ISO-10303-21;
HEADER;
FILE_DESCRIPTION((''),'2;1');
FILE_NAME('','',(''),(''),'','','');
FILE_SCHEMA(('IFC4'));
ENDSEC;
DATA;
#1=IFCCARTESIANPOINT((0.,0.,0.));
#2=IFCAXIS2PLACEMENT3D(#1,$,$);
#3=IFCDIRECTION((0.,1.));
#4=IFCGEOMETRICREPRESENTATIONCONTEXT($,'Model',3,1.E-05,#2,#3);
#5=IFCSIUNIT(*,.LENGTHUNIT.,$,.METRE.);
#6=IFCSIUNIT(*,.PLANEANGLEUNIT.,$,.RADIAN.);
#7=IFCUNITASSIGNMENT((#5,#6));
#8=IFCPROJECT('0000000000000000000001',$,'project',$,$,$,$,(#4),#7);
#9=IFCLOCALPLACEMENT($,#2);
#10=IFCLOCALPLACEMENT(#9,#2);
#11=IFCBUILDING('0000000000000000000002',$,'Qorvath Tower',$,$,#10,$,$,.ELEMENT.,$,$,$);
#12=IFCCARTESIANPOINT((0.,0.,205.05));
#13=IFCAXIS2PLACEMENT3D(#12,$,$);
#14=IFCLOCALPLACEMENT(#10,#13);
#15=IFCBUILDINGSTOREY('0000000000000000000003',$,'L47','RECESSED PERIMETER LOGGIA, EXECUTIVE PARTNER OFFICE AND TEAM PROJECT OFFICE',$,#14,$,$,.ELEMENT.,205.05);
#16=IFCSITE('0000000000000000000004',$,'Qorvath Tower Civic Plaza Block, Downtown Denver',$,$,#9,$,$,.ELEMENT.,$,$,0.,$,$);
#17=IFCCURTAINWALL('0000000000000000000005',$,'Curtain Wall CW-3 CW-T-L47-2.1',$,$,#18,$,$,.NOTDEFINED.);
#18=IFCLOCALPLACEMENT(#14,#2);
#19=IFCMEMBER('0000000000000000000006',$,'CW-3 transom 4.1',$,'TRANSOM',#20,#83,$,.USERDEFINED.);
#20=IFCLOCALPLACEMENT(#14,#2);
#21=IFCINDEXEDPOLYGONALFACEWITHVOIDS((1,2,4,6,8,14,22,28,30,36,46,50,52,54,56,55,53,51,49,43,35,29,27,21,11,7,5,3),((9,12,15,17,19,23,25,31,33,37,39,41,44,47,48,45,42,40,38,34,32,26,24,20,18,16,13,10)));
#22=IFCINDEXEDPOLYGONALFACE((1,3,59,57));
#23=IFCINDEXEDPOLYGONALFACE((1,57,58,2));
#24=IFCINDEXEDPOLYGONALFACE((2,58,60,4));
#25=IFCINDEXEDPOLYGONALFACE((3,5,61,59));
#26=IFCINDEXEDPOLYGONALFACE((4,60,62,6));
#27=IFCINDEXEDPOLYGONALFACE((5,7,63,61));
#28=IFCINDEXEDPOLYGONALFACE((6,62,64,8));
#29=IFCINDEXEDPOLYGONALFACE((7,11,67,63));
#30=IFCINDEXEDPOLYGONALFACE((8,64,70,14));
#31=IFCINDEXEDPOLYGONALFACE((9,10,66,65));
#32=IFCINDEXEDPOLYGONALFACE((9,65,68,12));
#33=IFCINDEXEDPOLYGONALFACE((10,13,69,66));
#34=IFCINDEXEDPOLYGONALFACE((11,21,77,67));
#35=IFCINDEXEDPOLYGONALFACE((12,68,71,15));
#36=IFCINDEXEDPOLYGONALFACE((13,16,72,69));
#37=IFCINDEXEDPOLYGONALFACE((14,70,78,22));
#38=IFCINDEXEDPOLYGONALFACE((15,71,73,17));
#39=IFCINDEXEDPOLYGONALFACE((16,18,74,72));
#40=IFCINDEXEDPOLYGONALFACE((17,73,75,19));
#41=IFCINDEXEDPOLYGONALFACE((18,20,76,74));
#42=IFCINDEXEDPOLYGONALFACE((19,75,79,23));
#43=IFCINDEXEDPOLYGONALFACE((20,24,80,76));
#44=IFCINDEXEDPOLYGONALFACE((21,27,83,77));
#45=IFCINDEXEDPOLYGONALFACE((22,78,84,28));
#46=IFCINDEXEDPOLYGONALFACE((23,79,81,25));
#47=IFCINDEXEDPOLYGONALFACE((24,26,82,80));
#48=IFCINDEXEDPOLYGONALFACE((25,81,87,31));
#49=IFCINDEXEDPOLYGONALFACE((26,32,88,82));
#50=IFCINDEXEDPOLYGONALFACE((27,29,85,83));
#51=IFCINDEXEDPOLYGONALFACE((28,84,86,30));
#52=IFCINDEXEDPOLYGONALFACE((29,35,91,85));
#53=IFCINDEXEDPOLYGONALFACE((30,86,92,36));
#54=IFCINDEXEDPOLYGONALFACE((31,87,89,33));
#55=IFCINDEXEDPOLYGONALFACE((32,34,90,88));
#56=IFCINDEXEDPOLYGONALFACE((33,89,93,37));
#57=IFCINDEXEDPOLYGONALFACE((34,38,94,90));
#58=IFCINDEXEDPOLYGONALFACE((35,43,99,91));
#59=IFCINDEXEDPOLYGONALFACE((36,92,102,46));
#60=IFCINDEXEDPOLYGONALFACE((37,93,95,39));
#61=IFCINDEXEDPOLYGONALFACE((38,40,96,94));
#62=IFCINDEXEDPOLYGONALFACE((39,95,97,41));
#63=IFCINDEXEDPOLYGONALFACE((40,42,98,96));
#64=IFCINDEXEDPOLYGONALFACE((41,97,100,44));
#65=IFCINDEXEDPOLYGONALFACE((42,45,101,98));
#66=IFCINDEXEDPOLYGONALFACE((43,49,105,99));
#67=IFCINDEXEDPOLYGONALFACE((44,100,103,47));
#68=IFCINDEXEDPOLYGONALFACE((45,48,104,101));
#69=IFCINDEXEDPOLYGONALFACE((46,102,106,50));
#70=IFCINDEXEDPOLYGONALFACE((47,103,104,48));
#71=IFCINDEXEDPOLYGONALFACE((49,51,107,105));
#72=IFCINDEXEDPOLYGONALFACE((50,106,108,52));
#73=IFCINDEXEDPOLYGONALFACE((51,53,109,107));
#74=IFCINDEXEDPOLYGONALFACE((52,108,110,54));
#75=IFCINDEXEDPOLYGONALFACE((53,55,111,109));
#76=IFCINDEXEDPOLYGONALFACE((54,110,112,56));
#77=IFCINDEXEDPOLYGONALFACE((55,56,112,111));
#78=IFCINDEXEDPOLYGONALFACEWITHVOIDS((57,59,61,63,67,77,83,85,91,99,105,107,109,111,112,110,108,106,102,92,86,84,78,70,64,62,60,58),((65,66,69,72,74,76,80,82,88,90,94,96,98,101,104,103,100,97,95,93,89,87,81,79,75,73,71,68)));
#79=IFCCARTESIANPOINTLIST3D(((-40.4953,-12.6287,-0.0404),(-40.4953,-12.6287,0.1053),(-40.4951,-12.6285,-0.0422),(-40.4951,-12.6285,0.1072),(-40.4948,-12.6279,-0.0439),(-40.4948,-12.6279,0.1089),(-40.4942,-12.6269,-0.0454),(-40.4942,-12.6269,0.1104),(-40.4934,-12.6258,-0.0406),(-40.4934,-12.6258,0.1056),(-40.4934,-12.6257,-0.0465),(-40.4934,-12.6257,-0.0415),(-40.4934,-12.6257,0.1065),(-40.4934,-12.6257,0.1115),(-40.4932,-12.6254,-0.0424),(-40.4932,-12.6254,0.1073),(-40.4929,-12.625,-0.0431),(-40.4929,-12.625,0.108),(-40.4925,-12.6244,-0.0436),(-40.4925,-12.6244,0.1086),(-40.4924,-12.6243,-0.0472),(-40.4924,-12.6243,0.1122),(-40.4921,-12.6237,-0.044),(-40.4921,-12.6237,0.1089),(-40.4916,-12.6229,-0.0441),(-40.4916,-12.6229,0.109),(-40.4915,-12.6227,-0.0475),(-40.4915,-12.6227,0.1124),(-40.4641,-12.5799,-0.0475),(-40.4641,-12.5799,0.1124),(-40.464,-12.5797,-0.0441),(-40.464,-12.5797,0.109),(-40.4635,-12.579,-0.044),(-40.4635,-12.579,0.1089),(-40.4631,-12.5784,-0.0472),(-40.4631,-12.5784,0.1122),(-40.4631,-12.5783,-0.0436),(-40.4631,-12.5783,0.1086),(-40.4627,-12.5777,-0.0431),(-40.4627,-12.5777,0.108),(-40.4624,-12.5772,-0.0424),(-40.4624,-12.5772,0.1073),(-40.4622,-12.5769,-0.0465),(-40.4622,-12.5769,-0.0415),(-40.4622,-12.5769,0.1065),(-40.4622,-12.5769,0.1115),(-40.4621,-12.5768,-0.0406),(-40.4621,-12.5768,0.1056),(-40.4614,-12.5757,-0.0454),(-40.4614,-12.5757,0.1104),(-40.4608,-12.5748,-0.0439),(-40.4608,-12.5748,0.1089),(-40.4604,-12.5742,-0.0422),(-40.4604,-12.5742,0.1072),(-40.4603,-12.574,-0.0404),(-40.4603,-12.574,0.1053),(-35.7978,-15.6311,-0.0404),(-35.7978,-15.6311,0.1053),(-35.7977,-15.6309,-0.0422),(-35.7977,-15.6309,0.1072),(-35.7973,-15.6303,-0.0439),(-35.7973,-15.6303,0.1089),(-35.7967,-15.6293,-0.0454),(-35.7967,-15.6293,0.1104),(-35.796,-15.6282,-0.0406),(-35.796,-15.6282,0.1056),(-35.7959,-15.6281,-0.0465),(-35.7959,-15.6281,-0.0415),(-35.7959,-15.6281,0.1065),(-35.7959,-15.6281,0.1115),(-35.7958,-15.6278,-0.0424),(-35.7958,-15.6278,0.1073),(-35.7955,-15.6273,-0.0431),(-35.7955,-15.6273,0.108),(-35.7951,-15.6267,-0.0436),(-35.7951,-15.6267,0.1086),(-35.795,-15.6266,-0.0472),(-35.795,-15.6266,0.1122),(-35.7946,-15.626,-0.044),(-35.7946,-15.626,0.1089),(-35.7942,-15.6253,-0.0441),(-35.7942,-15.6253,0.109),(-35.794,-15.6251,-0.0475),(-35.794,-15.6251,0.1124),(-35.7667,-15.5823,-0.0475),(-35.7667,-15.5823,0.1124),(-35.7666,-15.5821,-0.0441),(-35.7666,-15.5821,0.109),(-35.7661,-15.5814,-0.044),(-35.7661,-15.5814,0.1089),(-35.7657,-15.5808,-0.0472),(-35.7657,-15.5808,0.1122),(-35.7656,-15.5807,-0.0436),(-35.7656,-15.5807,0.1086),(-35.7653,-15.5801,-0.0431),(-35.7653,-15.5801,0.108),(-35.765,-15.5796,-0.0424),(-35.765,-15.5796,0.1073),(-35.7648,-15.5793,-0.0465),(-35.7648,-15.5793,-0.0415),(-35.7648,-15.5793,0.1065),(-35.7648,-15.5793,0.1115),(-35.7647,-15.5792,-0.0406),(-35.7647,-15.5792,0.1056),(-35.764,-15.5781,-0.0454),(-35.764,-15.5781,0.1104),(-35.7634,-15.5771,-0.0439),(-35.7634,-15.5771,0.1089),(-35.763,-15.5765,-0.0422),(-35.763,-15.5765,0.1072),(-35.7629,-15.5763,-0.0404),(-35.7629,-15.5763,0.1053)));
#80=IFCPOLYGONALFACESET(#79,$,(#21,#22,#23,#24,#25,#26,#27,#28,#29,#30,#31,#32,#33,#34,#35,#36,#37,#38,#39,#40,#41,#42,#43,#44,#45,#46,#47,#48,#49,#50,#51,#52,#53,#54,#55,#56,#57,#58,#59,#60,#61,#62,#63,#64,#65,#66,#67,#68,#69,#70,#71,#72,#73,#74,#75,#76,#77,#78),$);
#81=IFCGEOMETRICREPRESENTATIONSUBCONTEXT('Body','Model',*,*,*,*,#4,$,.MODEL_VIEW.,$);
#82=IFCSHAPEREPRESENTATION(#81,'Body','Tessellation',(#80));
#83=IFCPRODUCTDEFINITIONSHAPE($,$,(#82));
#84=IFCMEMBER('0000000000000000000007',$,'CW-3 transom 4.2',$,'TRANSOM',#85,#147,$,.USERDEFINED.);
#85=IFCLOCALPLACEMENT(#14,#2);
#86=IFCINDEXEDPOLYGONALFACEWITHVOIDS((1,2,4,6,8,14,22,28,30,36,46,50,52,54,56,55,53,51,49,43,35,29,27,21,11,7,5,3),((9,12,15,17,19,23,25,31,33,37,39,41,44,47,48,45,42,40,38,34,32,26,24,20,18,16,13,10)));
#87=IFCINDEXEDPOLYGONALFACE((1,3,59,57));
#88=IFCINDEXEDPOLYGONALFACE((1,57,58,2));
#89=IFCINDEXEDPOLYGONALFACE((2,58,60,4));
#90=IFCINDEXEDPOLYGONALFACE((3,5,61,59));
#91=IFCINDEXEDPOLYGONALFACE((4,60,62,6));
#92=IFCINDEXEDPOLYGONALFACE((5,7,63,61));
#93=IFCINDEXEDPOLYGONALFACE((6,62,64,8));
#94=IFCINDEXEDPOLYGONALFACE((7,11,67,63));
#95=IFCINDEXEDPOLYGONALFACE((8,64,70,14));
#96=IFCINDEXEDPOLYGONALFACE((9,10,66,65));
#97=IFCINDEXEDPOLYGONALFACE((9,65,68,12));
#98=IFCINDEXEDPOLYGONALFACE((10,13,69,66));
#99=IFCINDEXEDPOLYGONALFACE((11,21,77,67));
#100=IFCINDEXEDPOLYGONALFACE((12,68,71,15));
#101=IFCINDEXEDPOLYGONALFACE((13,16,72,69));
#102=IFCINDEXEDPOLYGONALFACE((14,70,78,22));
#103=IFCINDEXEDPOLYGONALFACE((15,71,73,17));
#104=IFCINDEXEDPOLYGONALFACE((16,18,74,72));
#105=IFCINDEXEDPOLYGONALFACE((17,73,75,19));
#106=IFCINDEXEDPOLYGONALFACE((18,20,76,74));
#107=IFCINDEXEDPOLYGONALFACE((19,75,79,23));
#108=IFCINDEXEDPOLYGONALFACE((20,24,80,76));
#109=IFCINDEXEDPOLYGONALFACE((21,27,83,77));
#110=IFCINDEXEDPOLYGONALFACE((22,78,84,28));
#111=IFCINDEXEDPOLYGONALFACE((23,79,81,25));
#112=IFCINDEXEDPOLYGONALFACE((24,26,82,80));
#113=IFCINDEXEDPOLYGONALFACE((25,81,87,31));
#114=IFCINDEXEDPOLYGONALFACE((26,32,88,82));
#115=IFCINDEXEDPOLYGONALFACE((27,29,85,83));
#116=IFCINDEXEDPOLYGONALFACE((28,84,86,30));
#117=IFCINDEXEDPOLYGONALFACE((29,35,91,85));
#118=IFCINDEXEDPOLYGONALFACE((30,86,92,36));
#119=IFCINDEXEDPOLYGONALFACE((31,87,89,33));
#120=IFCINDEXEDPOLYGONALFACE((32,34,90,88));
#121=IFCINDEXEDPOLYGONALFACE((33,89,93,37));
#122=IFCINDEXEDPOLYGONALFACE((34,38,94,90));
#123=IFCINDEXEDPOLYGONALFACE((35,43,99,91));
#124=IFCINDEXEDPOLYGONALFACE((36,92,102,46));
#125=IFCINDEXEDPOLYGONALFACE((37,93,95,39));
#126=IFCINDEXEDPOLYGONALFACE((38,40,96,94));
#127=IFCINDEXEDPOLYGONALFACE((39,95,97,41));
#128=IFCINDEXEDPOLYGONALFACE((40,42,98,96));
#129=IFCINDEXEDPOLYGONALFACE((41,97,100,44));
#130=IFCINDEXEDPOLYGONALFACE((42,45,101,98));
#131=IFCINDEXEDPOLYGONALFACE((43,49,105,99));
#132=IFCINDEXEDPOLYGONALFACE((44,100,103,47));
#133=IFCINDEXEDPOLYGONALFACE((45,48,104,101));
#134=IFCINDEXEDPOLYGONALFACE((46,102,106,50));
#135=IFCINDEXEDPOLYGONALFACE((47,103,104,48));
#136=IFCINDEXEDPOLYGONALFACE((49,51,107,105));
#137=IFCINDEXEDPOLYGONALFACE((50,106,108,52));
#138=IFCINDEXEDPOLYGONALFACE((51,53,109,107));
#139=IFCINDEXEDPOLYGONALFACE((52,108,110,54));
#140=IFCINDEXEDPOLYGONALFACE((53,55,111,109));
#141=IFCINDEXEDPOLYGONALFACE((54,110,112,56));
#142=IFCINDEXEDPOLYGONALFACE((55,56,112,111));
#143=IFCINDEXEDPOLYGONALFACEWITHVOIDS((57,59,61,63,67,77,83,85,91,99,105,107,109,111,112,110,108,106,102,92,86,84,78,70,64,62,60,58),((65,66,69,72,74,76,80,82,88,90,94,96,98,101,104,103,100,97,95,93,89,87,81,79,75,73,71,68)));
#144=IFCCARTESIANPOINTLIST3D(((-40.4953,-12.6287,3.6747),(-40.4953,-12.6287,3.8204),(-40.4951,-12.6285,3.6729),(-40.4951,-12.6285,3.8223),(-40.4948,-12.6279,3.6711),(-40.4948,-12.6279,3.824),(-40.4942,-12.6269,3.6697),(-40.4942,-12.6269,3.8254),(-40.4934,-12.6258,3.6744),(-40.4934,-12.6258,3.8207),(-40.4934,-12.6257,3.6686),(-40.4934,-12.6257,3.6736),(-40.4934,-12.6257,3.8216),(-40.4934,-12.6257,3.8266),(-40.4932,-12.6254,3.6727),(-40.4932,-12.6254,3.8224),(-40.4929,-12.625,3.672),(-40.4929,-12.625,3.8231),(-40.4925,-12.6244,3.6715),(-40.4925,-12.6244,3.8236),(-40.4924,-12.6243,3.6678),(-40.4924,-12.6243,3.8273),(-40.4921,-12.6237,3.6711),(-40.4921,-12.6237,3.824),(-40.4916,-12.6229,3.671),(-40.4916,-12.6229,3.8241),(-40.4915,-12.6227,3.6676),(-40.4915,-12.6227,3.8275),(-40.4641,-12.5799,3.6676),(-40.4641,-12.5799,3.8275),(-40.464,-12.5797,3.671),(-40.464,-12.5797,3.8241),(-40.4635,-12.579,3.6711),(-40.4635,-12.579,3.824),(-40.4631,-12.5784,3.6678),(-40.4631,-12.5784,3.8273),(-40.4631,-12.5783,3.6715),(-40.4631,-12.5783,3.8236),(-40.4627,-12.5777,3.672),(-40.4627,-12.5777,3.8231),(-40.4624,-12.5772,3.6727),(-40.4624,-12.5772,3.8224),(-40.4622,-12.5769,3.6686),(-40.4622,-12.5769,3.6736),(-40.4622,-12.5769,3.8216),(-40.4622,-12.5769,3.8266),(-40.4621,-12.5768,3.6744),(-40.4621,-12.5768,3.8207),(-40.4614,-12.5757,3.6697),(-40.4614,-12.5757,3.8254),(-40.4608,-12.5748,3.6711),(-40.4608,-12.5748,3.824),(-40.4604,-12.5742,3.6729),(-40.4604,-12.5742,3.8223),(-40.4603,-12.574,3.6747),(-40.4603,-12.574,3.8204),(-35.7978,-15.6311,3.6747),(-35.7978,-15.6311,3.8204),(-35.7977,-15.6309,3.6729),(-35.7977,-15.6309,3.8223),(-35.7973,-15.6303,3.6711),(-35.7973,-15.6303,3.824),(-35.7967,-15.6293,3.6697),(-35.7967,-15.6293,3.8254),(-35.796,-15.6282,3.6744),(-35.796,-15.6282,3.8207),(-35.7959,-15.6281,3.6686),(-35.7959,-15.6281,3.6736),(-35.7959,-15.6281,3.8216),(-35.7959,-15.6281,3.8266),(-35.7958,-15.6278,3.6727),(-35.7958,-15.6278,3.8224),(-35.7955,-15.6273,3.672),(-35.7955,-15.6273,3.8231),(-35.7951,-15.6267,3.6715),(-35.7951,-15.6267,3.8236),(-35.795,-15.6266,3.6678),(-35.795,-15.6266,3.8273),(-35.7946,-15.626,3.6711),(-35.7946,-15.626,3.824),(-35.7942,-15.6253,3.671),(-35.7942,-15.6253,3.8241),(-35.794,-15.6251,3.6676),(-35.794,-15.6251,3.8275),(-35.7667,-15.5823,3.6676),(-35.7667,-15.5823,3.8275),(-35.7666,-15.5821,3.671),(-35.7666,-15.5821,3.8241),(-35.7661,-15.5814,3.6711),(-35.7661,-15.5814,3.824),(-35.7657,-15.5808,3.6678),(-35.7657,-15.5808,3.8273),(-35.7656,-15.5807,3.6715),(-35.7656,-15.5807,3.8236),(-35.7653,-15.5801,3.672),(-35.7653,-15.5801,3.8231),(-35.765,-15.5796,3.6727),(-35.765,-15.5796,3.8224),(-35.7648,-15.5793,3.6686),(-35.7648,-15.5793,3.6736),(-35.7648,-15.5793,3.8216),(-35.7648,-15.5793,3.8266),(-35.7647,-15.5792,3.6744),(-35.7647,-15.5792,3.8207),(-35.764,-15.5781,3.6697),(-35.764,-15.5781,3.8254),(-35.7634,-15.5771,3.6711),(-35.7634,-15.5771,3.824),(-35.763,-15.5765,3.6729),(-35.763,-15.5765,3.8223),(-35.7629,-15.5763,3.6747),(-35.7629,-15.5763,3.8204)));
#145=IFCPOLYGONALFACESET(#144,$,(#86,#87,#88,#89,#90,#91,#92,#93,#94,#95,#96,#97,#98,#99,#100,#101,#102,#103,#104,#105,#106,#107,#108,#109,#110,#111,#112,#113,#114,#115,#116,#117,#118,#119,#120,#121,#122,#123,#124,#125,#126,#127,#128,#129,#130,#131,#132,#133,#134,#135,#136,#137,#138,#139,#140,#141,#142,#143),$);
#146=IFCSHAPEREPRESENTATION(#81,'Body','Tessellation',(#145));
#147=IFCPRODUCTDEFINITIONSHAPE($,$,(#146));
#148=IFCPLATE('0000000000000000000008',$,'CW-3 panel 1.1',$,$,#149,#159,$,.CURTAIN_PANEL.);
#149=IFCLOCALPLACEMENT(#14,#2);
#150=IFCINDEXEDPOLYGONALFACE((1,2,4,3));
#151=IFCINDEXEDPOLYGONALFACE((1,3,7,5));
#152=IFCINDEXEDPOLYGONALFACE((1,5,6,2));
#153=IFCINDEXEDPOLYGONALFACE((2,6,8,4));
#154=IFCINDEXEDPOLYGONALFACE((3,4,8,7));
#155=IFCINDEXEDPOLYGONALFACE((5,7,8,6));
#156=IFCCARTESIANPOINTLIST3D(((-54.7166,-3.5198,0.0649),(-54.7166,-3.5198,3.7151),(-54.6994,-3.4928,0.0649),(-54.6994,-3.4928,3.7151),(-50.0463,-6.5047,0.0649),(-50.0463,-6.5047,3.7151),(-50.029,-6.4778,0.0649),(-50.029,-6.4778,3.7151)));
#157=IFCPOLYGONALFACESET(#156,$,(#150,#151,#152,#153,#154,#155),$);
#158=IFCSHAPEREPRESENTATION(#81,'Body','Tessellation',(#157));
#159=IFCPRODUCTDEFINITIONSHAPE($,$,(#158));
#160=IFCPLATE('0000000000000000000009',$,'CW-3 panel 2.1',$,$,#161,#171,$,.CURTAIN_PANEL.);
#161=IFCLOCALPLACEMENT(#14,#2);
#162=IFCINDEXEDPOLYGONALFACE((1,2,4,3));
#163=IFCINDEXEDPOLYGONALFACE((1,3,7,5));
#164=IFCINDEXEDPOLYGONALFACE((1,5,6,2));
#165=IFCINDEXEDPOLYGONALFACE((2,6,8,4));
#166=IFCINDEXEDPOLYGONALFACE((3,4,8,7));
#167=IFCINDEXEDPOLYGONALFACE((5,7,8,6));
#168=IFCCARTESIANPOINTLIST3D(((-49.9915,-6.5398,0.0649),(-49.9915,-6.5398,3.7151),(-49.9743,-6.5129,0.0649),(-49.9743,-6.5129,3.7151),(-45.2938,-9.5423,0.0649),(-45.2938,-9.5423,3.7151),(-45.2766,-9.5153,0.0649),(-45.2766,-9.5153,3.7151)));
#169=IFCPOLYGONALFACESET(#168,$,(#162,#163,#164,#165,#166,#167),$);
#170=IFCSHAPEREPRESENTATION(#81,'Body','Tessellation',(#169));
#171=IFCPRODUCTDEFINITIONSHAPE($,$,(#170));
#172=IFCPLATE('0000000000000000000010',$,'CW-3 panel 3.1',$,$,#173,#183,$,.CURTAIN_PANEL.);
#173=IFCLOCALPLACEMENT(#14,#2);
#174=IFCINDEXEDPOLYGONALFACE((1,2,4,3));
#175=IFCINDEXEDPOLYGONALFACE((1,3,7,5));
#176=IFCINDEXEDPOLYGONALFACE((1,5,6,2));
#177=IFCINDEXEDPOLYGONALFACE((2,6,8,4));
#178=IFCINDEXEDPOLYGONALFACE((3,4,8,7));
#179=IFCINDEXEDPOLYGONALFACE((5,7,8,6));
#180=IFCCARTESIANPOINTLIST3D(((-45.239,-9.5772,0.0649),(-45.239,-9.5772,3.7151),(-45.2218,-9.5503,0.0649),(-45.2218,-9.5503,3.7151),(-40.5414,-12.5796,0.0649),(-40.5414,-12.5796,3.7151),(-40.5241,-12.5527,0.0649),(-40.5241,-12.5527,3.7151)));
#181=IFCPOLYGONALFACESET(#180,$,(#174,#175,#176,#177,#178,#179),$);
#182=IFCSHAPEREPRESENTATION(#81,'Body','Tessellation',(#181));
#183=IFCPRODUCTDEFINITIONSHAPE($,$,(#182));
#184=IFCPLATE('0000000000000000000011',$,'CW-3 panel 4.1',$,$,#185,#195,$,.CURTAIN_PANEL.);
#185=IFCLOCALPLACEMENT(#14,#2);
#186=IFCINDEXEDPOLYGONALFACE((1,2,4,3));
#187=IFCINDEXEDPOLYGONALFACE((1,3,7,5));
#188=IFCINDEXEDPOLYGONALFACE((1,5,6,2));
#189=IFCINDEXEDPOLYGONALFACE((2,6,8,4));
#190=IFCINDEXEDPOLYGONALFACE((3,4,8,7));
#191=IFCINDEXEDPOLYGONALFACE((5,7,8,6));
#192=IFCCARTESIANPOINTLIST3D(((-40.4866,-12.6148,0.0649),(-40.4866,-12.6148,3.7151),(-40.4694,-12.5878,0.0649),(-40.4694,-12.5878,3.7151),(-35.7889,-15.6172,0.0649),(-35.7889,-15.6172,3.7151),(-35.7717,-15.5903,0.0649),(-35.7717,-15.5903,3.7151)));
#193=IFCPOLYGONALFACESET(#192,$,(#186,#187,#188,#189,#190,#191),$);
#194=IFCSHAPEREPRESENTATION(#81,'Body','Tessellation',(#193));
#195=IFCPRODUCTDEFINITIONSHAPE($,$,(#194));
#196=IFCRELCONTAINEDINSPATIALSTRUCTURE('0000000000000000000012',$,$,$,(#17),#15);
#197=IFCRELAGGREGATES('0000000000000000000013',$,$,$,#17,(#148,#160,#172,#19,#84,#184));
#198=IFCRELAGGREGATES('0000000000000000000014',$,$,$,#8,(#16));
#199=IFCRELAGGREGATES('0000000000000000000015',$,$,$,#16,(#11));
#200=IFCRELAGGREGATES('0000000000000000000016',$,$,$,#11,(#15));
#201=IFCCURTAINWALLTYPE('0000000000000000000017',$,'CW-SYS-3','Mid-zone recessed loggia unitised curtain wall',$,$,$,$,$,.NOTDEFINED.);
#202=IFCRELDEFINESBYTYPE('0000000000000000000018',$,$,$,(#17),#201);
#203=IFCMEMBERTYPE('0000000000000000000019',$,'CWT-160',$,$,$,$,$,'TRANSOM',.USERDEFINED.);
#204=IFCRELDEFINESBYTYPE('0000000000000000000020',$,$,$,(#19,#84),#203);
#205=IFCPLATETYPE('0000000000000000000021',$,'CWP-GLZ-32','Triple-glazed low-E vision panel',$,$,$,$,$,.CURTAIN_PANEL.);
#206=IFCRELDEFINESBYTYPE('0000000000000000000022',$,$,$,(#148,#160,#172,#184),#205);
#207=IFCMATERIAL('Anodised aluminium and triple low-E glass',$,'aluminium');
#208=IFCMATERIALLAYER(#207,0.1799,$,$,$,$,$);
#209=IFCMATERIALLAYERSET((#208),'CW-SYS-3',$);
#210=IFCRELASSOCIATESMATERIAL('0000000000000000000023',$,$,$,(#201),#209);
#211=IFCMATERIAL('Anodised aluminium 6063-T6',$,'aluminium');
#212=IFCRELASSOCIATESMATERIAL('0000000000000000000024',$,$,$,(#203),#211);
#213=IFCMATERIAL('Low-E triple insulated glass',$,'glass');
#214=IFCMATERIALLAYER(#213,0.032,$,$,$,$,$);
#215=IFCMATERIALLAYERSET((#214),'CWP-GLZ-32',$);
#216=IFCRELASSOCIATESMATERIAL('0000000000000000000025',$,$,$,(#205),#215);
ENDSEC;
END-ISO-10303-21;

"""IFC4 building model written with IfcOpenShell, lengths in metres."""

from ifc_helpers import new_model, si_unit, direction, frame, origin, origin_2d, place, context, subcontext, project, spatial, rectangle, hollow_rectangle, extrude, material, layer, layer_set, material_profile, profile_set, type_object, element, aggregate, save


model = new_model("IFC4")

# Units and contexts
model_context = context("Model", 3, precision=1e-05, world=origin(), true_north=direction((0.0, 1.0)))
body_context = subcontext(model_context, "Body", "Model", "MODEL_VIEW")
ifc_project = project(units=[si_unit("LENGTHUNIT", "METRE"), si_unit("PLANEANGLEUNIT", "RADIAN")], contexts=[model_context])

# Site, building, storey
site_placement = place(None, origin())
site = spatial("IfcSite", under=ifc_project, at=site_placement, Name="Qorvath Tower Civic Plaza Block, Downtown Denver", CompositionType="ELEMENT", RefElevation=0.0)
building_placement = place(site_placement, origin())
building = spatial("IfcBuilding", under=site, at=building_placement, Name="Qorvath Tower", CompositionType="ELEMENT")
storey_placement = place(building_placement, frame((0.0, 0.0, 205.05)))
storey = spatial("IfcBuildingStorey", under=building, at=storey_placement, Name="L47", Description="RECESSED PERIMETER LOGGIA, EXECUTIVE PARTNER OFFICE AND TEAM PROJECT OFFICE", CompositionType="ELEMENT", Elevation=205.05)

# Curtain wall, members, plates
ifc_material_1 = material(Name="Anodised aluminium and triple low-E glass", Category="aluminium")
ifc_layer_1 = layer(ifc_material_1, 0.1799)
ifc_layer_set_1 = layer_set([ifc_layer_1], Name="CW-SYS-3")
curtain_wall_type = type_object("IfcCurtainWallType", Name="CW-SYS-3", Description="Mid-zone recessed loggia unitised curtain wall", PredefinedType="NOTDEFINED", material=ifc_layer_set_1)
curtain_wall_placement = place(storey_placement, origin())
curtain_wall = element("IfcCurtainWall", 1, at=curtain_wall_placement, inside=storey, type_object=curtain_wall_type, Name="Curtain Wall CW-3 CW-T-L47-2.1", PredefinedType="NOTDEFINED")
ifc_material_2 = material(Name="Anodised aluminium 6063-T6", Category="aluminium")
ifc_material_profile_1 = material_profile(ifc_material_2, hollow_rectangle(XDim=0.0649, YDim=0.1599, WallThickness=0.0034, InnerFilletRadius=0.0034, OuterFilletRadius=0.0071, at=origin_2d()), Name="CWT 160x65")
ifc_profile_set_1 = profile_set([ifc_material_profile_1], Name="Anodised aluminium 6063-T6")
member_type_1 = type_object("IfcMemberType", Name="CWT-160", ElementType="TRANSOM", PredefinedType="USERDEFINED", material=ifc_profile_set_1)
member_1_placement = place(storey_placement, frame((-40.4778, -12.6013, 0.0325), z_axis=(0.842594, -0.538549, 0.0), x_axis=(0.538549, 0.842594, 0.0)))
member_1 = element("IfcMember", 2, at=member_1_placement, type_object=member_type_1, Name="CW-3 transom 4.1", ObjectType="TRANSOM", PredefinedType="USERDEFINED", context=body_context, shape_type="SweptSolid", body=[
    extrude(hollow_rectangle(XDim=0.0649, YDim=0.1599, WallThickness=0.0034, InnerFilletRadius=0.0034, OuterFilletRadius=0.0071, at=origin_2d()), origin(), (0.0, 0.0, 1.0), 5.575),
])
member_2_placement = place(storey_placement, frame((-40.4778, -12.6013, 3.7476), z_axis=(0.842594, -0.538549, 0.0), x_axis=(0.538549, 0.842594, 0.0)))
member_2 = element("IfcMember", 3, at=member_2_placement, type_object=member_type_1, Name="CW-3 transom 4.2", ObjectType="TRANSOM", PredefinedType="USERDEFINED", context=body_context, shape_type="SweptSolid", body=[
    extrude(hollow_rectangle(XDim=0.0649, YDim=0.1599, WallThickness=0.0034, InnerFilletRadius=0.0034, OuterFilletRadius=0.0071, at=origin_2d()), origin(), (0.0, 0.0, 1.0), 5.575),
])
ifc_material_3 = material(Name="Low-E triple insulated glass", Category="glass")
ifc_layer_2 = layer(ifc_material_3, 0.032)
ifc_layer_set_2 = layer_set([ifc_layer_2], Name="CWP-GLZ-32")
plate_type = type_object("IfcPlateType", Name="CWP-GLZ-32", Description="Triple-glazed low-E vision panel", PredefinedType="CURTAIN_PANEL", material=ifc_layer_set_2)
plate_1_placement = place(storey_placement, frame((-52.3728, -4.9988, 0.0649), z_axis=(0.0, 0.0, 1.0), x_axis=(0.842604, -0.538534, 0.0)))
plate_1 = element("IfcPlate", 4, at=plate_1_placement, type_object=plate_type, Name="CW-3 panel 1.1", PredefinedType="CURTAIN_PANEL", context=body_context, shape_type="SweptSolid", body=[
    extrude(rectangle(XDim=5.5427, YDim=0.032, at=origin_2d()), origin(), (0.0, 0.0, 1.0), 3.6501),
])
plate_2_placement = place(storey_placement, frame((-47.634, -8.0276, 0.0649), z_axis=(0.0, 0.0, 1.0), x_axis=(0.842604, -0.538534, 0.0)))
plate_2 = element("IfcPlate", 5, at=plate_2_placement, type_object=plate_type, Name="CW-3 panel 2.1", PredefinedType="CURTAIN_PANEL", context=body_context, shape_type="SweptSolid", body=[
    extrude(rectangle(XDim=5.5752, YDim=0.032, at=origin_2d()), origin(), (0.0, 0.0, 1.0), 3.6501),
])
plate_3_placement = place(storey_placement, frame((-42.8816, -11.0649, 0.0649), z_axis=(0.0, 0.0, 1.0), x_axis=(0.842604, -0.538534, 0.0)))
plate_3 = element("IfcPlate", 6, at=plate_3_placement, type_object=plate_type, Name="CW-3 panel 3.1", PredefinedType="CURTAIN_PANEL", context=body_context, shape_type="SweptSolid", body=[
    extrude(rectangle(XDim=5.5752, YDim=0.032, at=origin_2d()), origin(), (0.0, 0.0, 1.0), 3.6501),
])
plate_4_placement = place(storey_placement, frame((-38.1292, -14.1025, 0.0649), z_axis=(0.0, 0.0, 1.0), x_axis=(0.842604, -0.538534, 0.0)))
plate_4 = element("IfcPlate", 7, at=plate_4_placement, type_object=plate_type, Name="CW-3 panel 4.1", PredefinedType="CURTAIN_PANEL", context=body_context, shape_type="SweptSolid", body=[
    extrude(rectangle(XDim=5.5752, YDim=0.032, at=origin_2d()), origin(), (0.0, 0.0, 1.0), 3.6501),
])
aggregate(curtain_wall, [plate_1, plate_2, plate_3, member_1, member_2, plate_4])

save(model, "model.ifc")
